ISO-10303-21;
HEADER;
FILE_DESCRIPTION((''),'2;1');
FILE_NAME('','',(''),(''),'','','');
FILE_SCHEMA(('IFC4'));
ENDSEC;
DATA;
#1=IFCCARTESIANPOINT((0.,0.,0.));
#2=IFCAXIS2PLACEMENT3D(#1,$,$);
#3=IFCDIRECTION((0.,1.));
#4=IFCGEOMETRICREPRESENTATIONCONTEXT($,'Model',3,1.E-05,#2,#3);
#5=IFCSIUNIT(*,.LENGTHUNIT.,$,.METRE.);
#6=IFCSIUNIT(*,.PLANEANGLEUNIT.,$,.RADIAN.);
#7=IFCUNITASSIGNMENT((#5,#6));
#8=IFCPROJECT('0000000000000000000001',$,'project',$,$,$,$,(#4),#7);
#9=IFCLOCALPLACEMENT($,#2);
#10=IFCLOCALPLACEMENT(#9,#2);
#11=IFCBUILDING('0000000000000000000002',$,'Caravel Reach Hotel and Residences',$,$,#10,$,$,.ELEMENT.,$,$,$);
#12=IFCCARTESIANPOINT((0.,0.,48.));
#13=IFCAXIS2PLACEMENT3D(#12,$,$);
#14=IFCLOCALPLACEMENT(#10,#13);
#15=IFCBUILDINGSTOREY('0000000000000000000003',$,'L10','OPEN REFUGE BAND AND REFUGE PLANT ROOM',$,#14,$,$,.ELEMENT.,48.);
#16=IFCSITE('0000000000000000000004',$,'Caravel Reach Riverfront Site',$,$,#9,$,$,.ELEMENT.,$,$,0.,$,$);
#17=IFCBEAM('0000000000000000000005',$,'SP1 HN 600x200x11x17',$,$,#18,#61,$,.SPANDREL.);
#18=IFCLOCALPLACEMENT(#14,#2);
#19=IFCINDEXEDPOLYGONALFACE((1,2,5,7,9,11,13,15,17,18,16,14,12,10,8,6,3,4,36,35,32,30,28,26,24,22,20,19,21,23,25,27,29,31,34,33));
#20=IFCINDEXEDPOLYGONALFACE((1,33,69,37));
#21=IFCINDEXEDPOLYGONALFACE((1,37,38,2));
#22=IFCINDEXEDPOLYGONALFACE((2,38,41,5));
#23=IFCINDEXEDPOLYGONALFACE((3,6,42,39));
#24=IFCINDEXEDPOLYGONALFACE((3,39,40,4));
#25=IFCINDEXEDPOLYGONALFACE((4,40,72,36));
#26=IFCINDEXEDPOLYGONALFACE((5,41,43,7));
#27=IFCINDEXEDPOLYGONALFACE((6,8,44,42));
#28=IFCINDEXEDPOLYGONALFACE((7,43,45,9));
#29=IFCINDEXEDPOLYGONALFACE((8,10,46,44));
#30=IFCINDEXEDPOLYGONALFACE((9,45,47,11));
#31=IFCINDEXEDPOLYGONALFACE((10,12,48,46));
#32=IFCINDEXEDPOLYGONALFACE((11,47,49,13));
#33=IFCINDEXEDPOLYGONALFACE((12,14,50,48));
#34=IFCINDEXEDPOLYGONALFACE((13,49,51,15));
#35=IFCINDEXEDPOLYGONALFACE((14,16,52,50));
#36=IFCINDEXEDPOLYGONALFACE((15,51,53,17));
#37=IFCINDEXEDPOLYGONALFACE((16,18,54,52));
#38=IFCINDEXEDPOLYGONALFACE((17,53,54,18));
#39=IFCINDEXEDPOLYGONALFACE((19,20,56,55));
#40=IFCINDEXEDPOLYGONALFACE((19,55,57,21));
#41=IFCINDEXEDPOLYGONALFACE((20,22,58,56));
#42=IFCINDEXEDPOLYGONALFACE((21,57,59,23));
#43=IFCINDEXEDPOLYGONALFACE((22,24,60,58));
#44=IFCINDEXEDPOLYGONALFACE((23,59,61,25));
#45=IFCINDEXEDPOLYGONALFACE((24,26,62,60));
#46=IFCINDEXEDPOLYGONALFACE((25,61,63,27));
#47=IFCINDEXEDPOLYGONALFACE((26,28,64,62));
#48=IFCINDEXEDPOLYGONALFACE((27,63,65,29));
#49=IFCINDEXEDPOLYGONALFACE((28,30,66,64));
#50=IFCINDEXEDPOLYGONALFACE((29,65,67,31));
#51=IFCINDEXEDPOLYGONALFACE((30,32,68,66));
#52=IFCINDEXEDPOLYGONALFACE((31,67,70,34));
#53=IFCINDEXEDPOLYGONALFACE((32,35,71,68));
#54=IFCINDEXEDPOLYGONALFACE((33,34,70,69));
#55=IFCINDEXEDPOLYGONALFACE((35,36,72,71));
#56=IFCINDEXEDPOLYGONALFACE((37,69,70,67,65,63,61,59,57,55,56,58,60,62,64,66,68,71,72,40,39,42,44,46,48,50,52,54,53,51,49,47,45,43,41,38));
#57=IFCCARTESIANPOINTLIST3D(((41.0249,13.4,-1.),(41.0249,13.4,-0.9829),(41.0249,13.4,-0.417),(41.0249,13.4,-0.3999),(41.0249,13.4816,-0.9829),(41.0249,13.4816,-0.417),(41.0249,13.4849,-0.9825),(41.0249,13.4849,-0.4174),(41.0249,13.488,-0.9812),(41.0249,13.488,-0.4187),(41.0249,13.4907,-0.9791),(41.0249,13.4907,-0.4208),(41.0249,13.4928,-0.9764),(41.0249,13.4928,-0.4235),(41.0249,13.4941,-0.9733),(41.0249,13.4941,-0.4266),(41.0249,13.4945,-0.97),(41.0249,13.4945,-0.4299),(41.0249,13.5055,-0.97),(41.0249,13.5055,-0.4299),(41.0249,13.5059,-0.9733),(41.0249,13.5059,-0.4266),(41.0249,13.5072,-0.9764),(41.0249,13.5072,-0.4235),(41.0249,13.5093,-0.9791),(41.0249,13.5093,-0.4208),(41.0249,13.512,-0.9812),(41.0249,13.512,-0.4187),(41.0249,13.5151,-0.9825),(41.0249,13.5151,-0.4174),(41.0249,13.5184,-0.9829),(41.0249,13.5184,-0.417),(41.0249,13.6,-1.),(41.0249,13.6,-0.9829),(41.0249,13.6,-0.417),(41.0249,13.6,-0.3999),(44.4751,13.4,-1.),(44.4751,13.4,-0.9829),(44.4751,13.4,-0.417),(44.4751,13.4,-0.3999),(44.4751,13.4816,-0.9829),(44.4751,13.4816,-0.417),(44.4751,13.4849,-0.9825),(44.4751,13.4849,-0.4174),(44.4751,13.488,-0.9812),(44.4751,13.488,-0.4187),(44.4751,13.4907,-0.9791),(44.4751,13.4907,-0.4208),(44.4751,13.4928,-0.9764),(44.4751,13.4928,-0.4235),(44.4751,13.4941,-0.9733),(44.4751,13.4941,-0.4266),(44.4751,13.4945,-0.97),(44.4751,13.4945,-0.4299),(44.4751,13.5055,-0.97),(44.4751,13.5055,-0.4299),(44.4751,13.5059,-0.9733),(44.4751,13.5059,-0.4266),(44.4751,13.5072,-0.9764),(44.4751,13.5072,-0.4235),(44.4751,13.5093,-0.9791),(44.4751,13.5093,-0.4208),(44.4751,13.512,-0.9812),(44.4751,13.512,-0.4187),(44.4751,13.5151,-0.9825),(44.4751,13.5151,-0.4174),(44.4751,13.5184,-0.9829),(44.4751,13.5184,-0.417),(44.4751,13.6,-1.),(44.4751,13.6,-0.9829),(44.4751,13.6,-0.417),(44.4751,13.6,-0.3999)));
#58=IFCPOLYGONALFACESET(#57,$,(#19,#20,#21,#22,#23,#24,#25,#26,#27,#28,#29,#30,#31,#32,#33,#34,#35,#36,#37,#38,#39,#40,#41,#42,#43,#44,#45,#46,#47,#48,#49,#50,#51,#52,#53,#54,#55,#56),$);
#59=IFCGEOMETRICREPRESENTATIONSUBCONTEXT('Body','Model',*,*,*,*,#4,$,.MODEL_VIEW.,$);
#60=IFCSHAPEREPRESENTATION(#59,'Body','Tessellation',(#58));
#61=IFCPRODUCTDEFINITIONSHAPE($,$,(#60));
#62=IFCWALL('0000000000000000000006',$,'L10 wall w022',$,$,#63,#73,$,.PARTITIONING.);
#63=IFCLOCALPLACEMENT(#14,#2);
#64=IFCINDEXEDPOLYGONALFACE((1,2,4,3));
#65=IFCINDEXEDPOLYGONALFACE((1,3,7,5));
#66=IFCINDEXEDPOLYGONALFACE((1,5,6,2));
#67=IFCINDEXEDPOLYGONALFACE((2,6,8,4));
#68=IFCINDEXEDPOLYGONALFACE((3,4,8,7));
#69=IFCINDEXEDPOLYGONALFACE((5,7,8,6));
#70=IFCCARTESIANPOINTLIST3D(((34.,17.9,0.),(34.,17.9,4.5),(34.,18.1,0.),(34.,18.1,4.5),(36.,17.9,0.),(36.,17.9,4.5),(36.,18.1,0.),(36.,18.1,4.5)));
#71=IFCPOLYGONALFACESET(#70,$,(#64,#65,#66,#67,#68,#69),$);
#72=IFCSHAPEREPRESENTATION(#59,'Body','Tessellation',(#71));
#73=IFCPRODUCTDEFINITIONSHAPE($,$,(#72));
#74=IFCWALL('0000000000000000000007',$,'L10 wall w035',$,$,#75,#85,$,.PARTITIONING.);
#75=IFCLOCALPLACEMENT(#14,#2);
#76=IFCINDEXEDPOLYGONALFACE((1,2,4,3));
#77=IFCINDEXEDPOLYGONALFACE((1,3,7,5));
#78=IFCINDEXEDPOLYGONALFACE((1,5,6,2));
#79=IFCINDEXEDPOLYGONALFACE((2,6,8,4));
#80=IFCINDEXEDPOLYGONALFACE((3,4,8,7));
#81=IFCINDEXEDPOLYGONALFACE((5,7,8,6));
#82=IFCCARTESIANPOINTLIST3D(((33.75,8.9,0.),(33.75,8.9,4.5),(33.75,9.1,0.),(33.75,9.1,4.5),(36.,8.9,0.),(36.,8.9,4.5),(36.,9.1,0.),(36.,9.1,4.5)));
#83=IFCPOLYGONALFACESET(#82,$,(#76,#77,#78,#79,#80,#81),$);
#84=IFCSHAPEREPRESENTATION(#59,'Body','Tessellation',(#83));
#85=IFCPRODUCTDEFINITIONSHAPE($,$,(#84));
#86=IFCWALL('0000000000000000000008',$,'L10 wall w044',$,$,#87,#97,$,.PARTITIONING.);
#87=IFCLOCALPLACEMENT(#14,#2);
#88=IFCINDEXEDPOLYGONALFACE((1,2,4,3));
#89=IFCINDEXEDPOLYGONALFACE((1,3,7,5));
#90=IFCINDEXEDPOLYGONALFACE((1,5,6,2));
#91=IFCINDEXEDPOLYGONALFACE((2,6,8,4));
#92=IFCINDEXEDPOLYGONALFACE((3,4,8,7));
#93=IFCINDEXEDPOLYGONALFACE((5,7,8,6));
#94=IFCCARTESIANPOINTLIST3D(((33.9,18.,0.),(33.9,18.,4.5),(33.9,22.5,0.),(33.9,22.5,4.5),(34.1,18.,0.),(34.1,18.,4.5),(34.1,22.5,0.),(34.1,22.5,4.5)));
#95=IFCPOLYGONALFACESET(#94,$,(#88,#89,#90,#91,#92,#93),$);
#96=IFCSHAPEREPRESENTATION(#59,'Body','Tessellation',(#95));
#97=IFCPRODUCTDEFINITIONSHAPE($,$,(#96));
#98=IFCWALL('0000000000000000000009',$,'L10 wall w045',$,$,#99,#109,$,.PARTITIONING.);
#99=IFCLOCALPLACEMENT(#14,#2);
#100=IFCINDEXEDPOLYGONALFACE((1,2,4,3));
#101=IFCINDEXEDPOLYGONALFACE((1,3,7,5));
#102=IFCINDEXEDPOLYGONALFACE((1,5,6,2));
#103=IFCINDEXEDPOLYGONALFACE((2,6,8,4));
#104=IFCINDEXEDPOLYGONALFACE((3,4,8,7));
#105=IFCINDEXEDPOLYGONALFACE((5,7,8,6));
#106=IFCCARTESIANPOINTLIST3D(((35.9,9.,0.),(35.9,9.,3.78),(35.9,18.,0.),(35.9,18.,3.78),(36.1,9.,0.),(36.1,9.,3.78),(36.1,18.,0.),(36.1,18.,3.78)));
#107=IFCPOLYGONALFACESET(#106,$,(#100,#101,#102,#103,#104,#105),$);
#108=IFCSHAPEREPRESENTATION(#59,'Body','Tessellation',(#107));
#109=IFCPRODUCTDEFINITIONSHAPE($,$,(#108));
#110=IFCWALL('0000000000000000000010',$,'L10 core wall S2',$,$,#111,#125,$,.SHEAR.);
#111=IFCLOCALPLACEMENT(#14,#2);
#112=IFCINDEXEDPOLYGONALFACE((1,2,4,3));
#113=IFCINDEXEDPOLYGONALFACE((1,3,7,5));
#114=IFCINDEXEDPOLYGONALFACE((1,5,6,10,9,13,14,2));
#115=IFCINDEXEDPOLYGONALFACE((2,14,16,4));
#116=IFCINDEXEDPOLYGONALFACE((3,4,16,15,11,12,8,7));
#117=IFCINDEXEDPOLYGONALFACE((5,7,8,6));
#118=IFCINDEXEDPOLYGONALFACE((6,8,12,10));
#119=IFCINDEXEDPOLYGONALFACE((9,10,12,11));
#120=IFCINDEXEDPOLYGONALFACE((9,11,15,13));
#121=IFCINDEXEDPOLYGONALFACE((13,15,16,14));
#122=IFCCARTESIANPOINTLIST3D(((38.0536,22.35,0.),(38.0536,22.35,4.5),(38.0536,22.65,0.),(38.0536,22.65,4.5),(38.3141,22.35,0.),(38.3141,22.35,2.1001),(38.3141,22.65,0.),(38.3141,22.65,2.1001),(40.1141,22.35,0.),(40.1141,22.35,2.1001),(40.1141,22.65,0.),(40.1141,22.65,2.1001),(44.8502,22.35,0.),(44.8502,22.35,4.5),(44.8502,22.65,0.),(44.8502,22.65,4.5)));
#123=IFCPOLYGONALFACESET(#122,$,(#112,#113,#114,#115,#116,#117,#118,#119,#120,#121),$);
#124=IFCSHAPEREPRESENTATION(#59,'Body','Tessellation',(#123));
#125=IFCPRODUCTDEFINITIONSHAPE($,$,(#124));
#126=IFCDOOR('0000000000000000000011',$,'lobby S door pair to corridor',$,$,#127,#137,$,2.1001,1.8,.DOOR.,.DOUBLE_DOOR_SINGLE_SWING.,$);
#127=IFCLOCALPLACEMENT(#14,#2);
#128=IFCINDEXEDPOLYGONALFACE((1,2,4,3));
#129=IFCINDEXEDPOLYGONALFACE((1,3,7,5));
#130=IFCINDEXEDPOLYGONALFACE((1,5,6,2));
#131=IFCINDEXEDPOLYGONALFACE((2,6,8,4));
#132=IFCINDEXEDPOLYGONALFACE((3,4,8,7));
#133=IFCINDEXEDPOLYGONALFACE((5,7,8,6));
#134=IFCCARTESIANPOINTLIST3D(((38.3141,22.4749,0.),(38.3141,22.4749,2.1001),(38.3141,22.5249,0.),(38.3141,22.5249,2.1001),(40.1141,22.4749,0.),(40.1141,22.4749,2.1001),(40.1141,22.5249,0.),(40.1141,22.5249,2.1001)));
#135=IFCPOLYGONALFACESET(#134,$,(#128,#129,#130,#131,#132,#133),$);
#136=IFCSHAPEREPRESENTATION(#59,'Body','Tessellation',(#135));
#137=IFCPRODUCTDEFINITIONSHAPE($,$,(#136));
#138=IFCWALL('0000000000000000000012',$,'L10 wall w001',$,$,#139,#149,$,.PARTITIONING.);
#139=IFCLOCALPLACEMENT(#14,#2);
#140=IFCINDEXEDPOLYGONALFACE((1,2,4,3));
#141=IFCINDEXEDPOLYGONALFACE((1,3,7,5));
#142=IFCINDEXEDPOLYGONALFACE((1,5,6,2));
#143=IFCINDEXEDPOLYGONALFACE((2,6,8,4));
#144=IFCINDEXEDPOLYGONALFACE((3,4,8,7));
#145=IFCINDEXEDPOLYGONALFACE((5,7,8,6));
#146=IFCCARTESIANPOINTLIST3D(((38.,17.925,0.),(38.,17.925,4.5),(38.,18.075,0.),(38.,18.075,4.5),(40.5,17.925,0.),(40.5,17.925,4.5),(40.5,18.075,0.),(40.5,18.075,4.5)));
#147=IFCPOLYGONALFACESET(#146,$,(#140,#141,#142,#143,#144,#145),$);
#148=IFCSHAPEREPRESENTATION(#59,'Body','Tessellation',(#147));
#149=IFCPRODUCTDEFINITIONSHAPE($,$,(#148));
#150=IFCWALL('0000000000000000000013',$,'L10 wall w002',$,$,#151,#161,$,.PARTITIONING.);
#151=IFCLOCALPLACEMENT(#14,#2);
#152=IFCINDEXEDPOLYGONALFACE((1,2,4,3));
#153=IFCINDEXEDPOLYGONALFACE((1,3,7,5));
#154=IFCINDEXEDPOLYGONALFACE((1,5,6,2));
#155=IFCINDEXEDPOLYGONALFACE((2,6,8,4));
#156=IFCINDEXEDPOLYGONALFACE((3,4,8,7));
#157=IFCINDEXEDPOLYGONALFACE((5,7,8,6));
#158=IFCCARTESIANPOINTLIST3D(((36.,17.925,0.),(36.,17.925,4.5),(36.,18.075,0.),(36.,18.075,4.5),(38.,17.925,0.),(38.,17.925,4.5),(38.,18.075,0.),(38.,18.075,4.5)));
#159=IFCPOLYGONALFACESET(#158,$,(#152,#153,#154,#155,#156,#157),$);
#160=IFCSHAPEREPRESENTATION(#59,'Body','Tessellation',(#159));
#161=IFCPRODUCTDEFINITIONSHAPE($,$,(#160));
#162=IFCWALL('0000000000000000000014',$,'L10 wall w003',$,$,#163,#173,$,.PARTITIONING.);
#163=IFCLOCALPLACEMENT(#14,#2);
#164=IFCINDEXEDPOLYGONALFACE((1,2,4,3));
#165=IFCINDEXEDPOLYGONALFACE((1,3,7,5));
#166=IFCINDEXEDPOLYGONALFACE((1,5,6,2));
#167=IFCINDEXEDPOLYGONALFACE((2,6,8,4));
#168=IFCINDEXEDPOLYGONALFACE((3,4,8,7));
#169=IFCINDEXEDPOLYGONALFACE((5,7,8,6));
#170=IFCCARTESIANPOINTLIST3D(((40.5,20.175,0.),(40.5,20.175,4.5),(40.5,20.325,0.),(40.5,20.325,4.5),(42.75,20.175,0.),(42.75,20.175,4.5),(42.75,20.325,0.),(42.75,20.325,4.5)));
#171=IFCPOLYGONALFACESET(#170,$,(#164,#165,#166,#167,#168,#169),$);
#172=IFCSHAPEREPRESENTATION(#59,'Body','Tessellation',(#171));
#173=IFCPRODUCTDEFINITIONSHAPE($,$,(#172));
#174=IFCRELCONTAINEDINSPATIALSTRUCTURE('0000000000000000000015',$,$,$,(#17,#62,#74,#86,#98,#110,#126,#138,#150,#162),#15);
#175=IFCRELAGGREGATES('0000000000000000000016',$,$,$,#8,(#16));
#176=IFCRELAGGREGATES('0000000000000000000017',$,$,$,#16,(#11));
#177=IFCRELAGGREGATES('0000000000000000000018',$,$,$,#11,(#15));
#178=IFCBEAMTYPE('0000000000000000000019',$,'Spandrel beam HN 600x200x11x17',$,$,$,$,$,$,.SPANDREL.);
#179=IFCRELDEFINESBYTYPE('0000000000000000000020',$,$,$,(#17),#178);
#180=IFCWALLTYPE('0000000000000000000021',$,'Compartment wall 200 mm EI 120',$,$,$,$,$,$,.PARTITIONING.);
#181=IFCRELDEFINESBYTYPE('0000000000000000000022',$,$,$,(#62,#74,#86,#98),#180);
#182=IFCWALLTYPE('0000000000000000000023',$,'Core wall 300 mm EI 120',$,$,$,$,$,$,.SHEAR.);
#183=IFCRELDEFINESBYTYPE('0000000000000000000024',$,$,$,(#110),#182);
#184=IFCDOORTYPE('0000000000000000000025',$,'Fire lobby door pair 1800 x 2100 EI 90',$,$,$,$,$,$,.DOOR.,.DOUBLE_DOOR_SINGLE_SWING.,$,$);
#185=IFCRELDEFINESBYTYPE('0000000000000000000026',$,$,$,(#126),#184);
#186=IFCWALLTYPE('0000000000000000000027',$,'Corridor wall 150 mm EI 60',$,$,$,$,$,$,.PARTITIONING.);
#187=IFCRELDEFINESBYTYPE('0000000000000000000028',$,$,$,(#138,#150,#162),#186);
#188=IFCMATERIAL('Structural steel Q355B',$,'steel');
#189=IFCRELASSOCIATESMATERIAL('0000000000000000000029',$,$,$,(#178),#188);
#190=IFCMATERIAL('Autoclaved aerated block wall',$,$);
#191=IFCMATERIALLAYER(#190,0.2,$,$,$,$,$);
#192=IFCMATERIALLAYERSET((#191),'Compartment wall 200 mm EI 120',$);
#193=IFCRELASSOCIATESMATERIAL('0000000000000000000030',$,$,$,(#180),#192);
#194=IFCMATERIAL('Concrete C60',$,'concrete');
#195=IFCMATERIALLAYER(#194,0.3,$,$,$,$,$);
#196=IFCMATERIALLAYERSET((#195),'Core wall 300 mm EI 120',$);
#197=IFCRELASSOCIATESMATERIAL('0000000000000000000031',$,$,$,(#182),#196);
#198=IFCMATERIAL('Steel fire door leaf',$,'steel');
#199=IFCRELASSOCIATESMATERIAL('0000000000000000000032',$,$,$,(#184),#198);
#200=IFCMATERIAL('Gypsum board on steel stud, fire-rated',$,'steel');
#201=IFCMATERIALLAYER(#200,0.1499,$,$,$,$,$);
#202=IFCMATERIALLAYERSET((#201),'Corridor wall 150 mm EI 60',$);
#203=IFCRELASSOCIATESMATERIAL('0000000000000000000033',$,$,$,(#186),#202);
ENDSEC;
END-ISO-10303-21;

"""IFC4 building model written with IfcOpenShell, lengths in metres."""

from ifc_helpers import new_model, si_unit, direction, frame, frame_2d, origin, origin_2d, place, context, subcontext, project, spatial, rectangle, i_section, extrude, material, layer, layer_set, material_profile, profile_set, type_object, element, fill, save


model = new_model("IFC4")

# Units and contexts
model_context = context("Model", 3, precision=1e-05, world=origin(), true_north=direction((0.0, 1.0)))
body_context = subcontext(model_context, "Body", "Model", "MODEL_VIEW")
ifc_project = project(units=[si_unit("LENGTHUNIT", "METRE"), si_unit("PLANEANGLEUNIT", "RADIAN")], contexts=[model_context])

# Site, building, storey
site_placement = place(None, origin())
site = spatial("IfcSite", under=ifc_project, at=site_placement, Name="Caravel Reach Riverfront Site", CompositionType="ELEMENT", RefElevation=0.0)
building_placement = place(site_placement, origin())
building = spatial("IfcBuilding", under=site, at=building_placement, Name="Caravel Reach Hotel and Residences", CompositionType="ELEMENT")
storey_placement = place(building_placement, frame((0.0, 0.0, 48.0)))
storey = spatial("IfcBuildingStorey", under=building, at=storey_placement, Name="L10", Description="OPEN REFUGE BAND AND REFUGE PLANT ROOM", CompositionType="ELEMENT", Elevation=48.0)

# Beam
ifc_material_1 = material(Name="Structural steel Q355B", Category="steel")
ifc_material_profile_1 = material_profile(ifc_material_1, i_section(OverallWidth=0.2, OverallDepth=0.6001, WebThickness=0.011, FlangeThickness=0.0171, FilletRadius=0.0129, at=origin_2d()), Name="HN 600x200x11x17")
ifc_profile_set_1 = profile_set([ifc_material_profile_1], Name="Structural steel Q355B")
beam_type_1 = type_object("IfcBeamType", Name="Spandrel beam HN 600x200x11x17", PredefinedType="SPANDREL", material=ifc_profile_set_1)
beam_1_placement = place(storey_placement, frame((41.0249, 13.5, -0.7), z_axis=(1.0, 0.0, 0.0), x_axis=(0.0, 1.0, 0.0)))
element("IfcBeam", 1, at=beam_1_placement, inside=storey, type_object=beam_type_1, Name="SP1 HN 600x200x11x17", PredefinedType="SPANDREL", context=body_context, shape_type="SweptSolid", body=[
    extrude(i_section(OverallWidth=0.2, OverallDepth=0.6001, WebThickness=0.011, FlangeThickness=0.0171, FilletRadius=0.0129, at=origin_2d()), origin(), (0.0, 0.0, 1.0), 3.4502),
])

# Walls
ifc_material_2 = material(Name="Autoclaved aerated block wall")
ifc_layer_1 = layer(ifc_material_2, 0.2)
ifc_layer_set_1 = layer_set([ifc_layer_1], Name="Compartment wall 200 mm EI 120")
wall_type_1 = type_object("IfcWallType", Name="Compartment wall 200 mm EI 120", PredefinedType="PARTITIONING", material=ifc_layer_set_1)
wall_1_placement = place(storey_placement, frame((34.0, 18.0, 0.0), z_axis=(0.0, 0.0, 1.0), x_axis=(1.0, 0.0, 0.0)))
element("IfcWall", 2, at=wall_1_placement, inside=storey, type_object=wall_type_1, Name="L10 wall w022", PredefinedType="PARTITIONING", context=body_context, shape_type="SweptSolid", body=[
    extrude(rectangle(XDim=2.0, YDim=0.2, at=frame_2d((1.0, 0.0))), origin(), (0.0, 0.0, 1.0), 4.5),
])
wall_2_placement = place(storey_placement, frame((33.75, 9.0, 0.0), z_axis=(0.0, 0.0, 1.0), x_axis=(1.0, 0.0, 0.0)))
element("IfcWall", 3, at=wall_2_placement, inside=storey, type_object=wall_type_1, Name="L10 wall w035", PredefinedType="PARTITIONING", context=body_context, shape_type="SweptSolid", body=[
    extrude(rectangle(XDim=2.25, YDim=0.2, at=frame_2d((1.125, 0.0))), origin(), (0.0, 0.0, 1.0), 4.5),
])
wall_3_placement = place(storey_placement, frame((34.0, 18.0, 0.0), z_axis=(0.0, 0.0, 1.0), x_axis=(0.0, 1.0, 0.0)))
element("IfcWall", 4, at=wall_3_placement, inside=storey, type_object=wall_type_1, Name="L10 wall w044", PredefinedType="PARTITIONING", context=body_context, shape_type="SweptSolid", body=[
    extrude(rectangle(XDim=4.5, YDim=0.2, at=frame_2d((2.25, 0.0))), origin(), (0.0, 0.0, 1.0), 4.5),
])
wall_4_placement = place(storey_placement, frame((36.0, 9.0, 0.0), z_axis=(0.0, 0.0, 1.0), x_axis=(0.0, 1.0, 0.0)))
element("IfcWall", 5, at=wall_4_placement, inside=storey, type_object=wall_type_1, Name="L10 wall w045", PredefinedType="PARTITIONING", context=body_context, shape_type="SweptSolid", body=[
    extrude(rectangle(XDim=9.0, YDim=0.2, at=frame_2d((4.5, 0.0))), origin(), (0.0, 0.0, 1.0), 3.78),
])

# Wall, opening, door
ifc_material_3 = material(Name="Concrete C60", Category="concrete")
ifc_layer_2 = layer(ifc_material_3, 0.3)
ifc_layer_set_2 = layer_set([ifc_layer_2], Name="Core wall 300 mm EI 120")
wall_type_2 = type_object("IfcWallType", Name="Core wall 300 mm EI 120", PredefinedType="SHEAR", material=ifc_layer_set_2)
wall_5_placement = place(storey_placement, frame((38.0535, 22.5, 0.0), z_axis=(0.0, 0.0, 1.0), x_axis=(1.0, 0.0, 0.0)))
wall_5 = element("IfcWall", 6, at=wall_5_placement, inside=storey, type_object=wall_type_2, Name="L10 core wall S2", PredefinedType="SHEAR", context=body_context, shape_type="SweptSolid", body=[
    extrude(rectangle(XDim=6.7966, YDim=0.3, at=frame_2d((3.3984, 0.0))), origin(), (0.0, 0.0, 1.0), 4.5),
])
opening_1_placement = place(wall_5_placement, frame((0.2607, 0.0, 0.0)))
opening_1 = element("IfcOpeningElement", 7, at=opening_1_placement, cuts=wall_5, PredefinedType="OPENING", context=body_context, shape_type="SweptSolid", body=[
    extrude(rectangle(XDim=1.8, YDim=2.1001, at=frame_2d((0.8999, 1.05))), frame((0.0, 0.1599, 0.0), z_axis=(0.0, -1.0, 0.0), x_axis=(1.0, 0.0, 0.0)), (0.0, 0.0, 1.0), 0.3201),
])
ifc_material_4 = material(Name="Steel fire door leaf", Category="steel")
door_type_1 = type_object("IfcDoorType", Name="Fire lobby door pair 1800 x 2100 EI 90", OperationType="DOUBLE_DOOR_SINGLE_SWING", PredefinedType="DOOR", material=ifc_material_4)
door_1_placement = place(opening_1_placement, origin())
door_1 = element("IfcDoor", 8, at=door_1_placement, inside=storey, type_object=door_type_1, Name="lobby S door pair to corridor", OperationType="DOUBLE_DOOR_SINGLE_SWING", OverallHeight=2.1001, OverallWidth=1.8, PredefinedType="DOOR", context=body_context, shape_type="SweptSolid", body=[
    extrude(rectangle(XDim=1.8, YDim=2.1001, at=frame_2d((0.8999, 1.05))), frame((0.0, 0.0249, 0.0), z_axis=(0.0, -1.0, 0.0), x_axis=(1.0, 0.0, 0.0)), (0.0, 0.0, 1.0), 0.05),
])
fill(opening_1, door_1)

# Walls
ifc_material_5 = material(Name="Gypsum board on steel stud, fire-rated", Category="steel")
ifc_layer_3 = layer(ifc_material_5, 0.1499)
ifc_layer_set_3 = layer_set([ifc_layer_3], Name="Corridor wall 150 mm EI 60")
wall_type_3 = type_object("IfcWallType", Name="Corridor wall 150 mm EI 60", PredefinedType="PARTITIONING", material=ifc_layer_set_3)
wall_6_placement = place(storey_placement, frame((38.0, 18.0, 0.0), z_axis=(0.0, 0.0, 1.0), x_axis=(1.0, 0.0, 0.0)))
element("IfcWall", 9, at=wall_6_placement, inside=storey, type_object=wall_type_3, Name="L10 wall w001", PredefinedType="PARTITIONING", context=body_context, shape_type="SweptSolid", body=[
    extrude(rectangle(XDim=2.5, YDim=0.1499, at=frame_2d((1.25, 0.0))), origin(), (0.0, 0.0, 1.0), 4.5),
])
wall_7_placement = place(storey_placement, frame((36.0, 18.0, 0.0), z_axis=(0.0, 0.0, 1.0), x_axis=(1.0, 0.0, 0.0)))
element("IfcWall", 10, at=wall_7_placement, inside=storey, type_object=wall_type_3, Name="L10 wall w002", PredefinedType="PARTITIONING", context=body_context, shape_type="SweptSolid", body=[
    extrude(rectangle(XDim=2.0, YDim=0.1499, at=frame_2d((1.0, 0.0))), origin(), (0.0, 0.0, 1.0), 4.5),
])
wall_8_placement = place(storey_placement, frame((40.5, 20.25, 0.0), z_axis=(0.0, 0.0, 1.0), x_axis=(1.0, 0.0, 0.0)))
element("IfcWall", 11, at=wall_8_placement, inside=storey, type_object=wall_type_3, Name="L10 wall w003", PredefinedType="PARTITIONING", context=body_context, shape_type="SweptSolid", body=[
    extrude(rectangle(XDim=2.25, YDim=0.1499, at=frame_2d((1.125, 0.0))), origin(), (0.0, 0.0, 1.0), 4.5),
])

save(model, "model.ifc")
